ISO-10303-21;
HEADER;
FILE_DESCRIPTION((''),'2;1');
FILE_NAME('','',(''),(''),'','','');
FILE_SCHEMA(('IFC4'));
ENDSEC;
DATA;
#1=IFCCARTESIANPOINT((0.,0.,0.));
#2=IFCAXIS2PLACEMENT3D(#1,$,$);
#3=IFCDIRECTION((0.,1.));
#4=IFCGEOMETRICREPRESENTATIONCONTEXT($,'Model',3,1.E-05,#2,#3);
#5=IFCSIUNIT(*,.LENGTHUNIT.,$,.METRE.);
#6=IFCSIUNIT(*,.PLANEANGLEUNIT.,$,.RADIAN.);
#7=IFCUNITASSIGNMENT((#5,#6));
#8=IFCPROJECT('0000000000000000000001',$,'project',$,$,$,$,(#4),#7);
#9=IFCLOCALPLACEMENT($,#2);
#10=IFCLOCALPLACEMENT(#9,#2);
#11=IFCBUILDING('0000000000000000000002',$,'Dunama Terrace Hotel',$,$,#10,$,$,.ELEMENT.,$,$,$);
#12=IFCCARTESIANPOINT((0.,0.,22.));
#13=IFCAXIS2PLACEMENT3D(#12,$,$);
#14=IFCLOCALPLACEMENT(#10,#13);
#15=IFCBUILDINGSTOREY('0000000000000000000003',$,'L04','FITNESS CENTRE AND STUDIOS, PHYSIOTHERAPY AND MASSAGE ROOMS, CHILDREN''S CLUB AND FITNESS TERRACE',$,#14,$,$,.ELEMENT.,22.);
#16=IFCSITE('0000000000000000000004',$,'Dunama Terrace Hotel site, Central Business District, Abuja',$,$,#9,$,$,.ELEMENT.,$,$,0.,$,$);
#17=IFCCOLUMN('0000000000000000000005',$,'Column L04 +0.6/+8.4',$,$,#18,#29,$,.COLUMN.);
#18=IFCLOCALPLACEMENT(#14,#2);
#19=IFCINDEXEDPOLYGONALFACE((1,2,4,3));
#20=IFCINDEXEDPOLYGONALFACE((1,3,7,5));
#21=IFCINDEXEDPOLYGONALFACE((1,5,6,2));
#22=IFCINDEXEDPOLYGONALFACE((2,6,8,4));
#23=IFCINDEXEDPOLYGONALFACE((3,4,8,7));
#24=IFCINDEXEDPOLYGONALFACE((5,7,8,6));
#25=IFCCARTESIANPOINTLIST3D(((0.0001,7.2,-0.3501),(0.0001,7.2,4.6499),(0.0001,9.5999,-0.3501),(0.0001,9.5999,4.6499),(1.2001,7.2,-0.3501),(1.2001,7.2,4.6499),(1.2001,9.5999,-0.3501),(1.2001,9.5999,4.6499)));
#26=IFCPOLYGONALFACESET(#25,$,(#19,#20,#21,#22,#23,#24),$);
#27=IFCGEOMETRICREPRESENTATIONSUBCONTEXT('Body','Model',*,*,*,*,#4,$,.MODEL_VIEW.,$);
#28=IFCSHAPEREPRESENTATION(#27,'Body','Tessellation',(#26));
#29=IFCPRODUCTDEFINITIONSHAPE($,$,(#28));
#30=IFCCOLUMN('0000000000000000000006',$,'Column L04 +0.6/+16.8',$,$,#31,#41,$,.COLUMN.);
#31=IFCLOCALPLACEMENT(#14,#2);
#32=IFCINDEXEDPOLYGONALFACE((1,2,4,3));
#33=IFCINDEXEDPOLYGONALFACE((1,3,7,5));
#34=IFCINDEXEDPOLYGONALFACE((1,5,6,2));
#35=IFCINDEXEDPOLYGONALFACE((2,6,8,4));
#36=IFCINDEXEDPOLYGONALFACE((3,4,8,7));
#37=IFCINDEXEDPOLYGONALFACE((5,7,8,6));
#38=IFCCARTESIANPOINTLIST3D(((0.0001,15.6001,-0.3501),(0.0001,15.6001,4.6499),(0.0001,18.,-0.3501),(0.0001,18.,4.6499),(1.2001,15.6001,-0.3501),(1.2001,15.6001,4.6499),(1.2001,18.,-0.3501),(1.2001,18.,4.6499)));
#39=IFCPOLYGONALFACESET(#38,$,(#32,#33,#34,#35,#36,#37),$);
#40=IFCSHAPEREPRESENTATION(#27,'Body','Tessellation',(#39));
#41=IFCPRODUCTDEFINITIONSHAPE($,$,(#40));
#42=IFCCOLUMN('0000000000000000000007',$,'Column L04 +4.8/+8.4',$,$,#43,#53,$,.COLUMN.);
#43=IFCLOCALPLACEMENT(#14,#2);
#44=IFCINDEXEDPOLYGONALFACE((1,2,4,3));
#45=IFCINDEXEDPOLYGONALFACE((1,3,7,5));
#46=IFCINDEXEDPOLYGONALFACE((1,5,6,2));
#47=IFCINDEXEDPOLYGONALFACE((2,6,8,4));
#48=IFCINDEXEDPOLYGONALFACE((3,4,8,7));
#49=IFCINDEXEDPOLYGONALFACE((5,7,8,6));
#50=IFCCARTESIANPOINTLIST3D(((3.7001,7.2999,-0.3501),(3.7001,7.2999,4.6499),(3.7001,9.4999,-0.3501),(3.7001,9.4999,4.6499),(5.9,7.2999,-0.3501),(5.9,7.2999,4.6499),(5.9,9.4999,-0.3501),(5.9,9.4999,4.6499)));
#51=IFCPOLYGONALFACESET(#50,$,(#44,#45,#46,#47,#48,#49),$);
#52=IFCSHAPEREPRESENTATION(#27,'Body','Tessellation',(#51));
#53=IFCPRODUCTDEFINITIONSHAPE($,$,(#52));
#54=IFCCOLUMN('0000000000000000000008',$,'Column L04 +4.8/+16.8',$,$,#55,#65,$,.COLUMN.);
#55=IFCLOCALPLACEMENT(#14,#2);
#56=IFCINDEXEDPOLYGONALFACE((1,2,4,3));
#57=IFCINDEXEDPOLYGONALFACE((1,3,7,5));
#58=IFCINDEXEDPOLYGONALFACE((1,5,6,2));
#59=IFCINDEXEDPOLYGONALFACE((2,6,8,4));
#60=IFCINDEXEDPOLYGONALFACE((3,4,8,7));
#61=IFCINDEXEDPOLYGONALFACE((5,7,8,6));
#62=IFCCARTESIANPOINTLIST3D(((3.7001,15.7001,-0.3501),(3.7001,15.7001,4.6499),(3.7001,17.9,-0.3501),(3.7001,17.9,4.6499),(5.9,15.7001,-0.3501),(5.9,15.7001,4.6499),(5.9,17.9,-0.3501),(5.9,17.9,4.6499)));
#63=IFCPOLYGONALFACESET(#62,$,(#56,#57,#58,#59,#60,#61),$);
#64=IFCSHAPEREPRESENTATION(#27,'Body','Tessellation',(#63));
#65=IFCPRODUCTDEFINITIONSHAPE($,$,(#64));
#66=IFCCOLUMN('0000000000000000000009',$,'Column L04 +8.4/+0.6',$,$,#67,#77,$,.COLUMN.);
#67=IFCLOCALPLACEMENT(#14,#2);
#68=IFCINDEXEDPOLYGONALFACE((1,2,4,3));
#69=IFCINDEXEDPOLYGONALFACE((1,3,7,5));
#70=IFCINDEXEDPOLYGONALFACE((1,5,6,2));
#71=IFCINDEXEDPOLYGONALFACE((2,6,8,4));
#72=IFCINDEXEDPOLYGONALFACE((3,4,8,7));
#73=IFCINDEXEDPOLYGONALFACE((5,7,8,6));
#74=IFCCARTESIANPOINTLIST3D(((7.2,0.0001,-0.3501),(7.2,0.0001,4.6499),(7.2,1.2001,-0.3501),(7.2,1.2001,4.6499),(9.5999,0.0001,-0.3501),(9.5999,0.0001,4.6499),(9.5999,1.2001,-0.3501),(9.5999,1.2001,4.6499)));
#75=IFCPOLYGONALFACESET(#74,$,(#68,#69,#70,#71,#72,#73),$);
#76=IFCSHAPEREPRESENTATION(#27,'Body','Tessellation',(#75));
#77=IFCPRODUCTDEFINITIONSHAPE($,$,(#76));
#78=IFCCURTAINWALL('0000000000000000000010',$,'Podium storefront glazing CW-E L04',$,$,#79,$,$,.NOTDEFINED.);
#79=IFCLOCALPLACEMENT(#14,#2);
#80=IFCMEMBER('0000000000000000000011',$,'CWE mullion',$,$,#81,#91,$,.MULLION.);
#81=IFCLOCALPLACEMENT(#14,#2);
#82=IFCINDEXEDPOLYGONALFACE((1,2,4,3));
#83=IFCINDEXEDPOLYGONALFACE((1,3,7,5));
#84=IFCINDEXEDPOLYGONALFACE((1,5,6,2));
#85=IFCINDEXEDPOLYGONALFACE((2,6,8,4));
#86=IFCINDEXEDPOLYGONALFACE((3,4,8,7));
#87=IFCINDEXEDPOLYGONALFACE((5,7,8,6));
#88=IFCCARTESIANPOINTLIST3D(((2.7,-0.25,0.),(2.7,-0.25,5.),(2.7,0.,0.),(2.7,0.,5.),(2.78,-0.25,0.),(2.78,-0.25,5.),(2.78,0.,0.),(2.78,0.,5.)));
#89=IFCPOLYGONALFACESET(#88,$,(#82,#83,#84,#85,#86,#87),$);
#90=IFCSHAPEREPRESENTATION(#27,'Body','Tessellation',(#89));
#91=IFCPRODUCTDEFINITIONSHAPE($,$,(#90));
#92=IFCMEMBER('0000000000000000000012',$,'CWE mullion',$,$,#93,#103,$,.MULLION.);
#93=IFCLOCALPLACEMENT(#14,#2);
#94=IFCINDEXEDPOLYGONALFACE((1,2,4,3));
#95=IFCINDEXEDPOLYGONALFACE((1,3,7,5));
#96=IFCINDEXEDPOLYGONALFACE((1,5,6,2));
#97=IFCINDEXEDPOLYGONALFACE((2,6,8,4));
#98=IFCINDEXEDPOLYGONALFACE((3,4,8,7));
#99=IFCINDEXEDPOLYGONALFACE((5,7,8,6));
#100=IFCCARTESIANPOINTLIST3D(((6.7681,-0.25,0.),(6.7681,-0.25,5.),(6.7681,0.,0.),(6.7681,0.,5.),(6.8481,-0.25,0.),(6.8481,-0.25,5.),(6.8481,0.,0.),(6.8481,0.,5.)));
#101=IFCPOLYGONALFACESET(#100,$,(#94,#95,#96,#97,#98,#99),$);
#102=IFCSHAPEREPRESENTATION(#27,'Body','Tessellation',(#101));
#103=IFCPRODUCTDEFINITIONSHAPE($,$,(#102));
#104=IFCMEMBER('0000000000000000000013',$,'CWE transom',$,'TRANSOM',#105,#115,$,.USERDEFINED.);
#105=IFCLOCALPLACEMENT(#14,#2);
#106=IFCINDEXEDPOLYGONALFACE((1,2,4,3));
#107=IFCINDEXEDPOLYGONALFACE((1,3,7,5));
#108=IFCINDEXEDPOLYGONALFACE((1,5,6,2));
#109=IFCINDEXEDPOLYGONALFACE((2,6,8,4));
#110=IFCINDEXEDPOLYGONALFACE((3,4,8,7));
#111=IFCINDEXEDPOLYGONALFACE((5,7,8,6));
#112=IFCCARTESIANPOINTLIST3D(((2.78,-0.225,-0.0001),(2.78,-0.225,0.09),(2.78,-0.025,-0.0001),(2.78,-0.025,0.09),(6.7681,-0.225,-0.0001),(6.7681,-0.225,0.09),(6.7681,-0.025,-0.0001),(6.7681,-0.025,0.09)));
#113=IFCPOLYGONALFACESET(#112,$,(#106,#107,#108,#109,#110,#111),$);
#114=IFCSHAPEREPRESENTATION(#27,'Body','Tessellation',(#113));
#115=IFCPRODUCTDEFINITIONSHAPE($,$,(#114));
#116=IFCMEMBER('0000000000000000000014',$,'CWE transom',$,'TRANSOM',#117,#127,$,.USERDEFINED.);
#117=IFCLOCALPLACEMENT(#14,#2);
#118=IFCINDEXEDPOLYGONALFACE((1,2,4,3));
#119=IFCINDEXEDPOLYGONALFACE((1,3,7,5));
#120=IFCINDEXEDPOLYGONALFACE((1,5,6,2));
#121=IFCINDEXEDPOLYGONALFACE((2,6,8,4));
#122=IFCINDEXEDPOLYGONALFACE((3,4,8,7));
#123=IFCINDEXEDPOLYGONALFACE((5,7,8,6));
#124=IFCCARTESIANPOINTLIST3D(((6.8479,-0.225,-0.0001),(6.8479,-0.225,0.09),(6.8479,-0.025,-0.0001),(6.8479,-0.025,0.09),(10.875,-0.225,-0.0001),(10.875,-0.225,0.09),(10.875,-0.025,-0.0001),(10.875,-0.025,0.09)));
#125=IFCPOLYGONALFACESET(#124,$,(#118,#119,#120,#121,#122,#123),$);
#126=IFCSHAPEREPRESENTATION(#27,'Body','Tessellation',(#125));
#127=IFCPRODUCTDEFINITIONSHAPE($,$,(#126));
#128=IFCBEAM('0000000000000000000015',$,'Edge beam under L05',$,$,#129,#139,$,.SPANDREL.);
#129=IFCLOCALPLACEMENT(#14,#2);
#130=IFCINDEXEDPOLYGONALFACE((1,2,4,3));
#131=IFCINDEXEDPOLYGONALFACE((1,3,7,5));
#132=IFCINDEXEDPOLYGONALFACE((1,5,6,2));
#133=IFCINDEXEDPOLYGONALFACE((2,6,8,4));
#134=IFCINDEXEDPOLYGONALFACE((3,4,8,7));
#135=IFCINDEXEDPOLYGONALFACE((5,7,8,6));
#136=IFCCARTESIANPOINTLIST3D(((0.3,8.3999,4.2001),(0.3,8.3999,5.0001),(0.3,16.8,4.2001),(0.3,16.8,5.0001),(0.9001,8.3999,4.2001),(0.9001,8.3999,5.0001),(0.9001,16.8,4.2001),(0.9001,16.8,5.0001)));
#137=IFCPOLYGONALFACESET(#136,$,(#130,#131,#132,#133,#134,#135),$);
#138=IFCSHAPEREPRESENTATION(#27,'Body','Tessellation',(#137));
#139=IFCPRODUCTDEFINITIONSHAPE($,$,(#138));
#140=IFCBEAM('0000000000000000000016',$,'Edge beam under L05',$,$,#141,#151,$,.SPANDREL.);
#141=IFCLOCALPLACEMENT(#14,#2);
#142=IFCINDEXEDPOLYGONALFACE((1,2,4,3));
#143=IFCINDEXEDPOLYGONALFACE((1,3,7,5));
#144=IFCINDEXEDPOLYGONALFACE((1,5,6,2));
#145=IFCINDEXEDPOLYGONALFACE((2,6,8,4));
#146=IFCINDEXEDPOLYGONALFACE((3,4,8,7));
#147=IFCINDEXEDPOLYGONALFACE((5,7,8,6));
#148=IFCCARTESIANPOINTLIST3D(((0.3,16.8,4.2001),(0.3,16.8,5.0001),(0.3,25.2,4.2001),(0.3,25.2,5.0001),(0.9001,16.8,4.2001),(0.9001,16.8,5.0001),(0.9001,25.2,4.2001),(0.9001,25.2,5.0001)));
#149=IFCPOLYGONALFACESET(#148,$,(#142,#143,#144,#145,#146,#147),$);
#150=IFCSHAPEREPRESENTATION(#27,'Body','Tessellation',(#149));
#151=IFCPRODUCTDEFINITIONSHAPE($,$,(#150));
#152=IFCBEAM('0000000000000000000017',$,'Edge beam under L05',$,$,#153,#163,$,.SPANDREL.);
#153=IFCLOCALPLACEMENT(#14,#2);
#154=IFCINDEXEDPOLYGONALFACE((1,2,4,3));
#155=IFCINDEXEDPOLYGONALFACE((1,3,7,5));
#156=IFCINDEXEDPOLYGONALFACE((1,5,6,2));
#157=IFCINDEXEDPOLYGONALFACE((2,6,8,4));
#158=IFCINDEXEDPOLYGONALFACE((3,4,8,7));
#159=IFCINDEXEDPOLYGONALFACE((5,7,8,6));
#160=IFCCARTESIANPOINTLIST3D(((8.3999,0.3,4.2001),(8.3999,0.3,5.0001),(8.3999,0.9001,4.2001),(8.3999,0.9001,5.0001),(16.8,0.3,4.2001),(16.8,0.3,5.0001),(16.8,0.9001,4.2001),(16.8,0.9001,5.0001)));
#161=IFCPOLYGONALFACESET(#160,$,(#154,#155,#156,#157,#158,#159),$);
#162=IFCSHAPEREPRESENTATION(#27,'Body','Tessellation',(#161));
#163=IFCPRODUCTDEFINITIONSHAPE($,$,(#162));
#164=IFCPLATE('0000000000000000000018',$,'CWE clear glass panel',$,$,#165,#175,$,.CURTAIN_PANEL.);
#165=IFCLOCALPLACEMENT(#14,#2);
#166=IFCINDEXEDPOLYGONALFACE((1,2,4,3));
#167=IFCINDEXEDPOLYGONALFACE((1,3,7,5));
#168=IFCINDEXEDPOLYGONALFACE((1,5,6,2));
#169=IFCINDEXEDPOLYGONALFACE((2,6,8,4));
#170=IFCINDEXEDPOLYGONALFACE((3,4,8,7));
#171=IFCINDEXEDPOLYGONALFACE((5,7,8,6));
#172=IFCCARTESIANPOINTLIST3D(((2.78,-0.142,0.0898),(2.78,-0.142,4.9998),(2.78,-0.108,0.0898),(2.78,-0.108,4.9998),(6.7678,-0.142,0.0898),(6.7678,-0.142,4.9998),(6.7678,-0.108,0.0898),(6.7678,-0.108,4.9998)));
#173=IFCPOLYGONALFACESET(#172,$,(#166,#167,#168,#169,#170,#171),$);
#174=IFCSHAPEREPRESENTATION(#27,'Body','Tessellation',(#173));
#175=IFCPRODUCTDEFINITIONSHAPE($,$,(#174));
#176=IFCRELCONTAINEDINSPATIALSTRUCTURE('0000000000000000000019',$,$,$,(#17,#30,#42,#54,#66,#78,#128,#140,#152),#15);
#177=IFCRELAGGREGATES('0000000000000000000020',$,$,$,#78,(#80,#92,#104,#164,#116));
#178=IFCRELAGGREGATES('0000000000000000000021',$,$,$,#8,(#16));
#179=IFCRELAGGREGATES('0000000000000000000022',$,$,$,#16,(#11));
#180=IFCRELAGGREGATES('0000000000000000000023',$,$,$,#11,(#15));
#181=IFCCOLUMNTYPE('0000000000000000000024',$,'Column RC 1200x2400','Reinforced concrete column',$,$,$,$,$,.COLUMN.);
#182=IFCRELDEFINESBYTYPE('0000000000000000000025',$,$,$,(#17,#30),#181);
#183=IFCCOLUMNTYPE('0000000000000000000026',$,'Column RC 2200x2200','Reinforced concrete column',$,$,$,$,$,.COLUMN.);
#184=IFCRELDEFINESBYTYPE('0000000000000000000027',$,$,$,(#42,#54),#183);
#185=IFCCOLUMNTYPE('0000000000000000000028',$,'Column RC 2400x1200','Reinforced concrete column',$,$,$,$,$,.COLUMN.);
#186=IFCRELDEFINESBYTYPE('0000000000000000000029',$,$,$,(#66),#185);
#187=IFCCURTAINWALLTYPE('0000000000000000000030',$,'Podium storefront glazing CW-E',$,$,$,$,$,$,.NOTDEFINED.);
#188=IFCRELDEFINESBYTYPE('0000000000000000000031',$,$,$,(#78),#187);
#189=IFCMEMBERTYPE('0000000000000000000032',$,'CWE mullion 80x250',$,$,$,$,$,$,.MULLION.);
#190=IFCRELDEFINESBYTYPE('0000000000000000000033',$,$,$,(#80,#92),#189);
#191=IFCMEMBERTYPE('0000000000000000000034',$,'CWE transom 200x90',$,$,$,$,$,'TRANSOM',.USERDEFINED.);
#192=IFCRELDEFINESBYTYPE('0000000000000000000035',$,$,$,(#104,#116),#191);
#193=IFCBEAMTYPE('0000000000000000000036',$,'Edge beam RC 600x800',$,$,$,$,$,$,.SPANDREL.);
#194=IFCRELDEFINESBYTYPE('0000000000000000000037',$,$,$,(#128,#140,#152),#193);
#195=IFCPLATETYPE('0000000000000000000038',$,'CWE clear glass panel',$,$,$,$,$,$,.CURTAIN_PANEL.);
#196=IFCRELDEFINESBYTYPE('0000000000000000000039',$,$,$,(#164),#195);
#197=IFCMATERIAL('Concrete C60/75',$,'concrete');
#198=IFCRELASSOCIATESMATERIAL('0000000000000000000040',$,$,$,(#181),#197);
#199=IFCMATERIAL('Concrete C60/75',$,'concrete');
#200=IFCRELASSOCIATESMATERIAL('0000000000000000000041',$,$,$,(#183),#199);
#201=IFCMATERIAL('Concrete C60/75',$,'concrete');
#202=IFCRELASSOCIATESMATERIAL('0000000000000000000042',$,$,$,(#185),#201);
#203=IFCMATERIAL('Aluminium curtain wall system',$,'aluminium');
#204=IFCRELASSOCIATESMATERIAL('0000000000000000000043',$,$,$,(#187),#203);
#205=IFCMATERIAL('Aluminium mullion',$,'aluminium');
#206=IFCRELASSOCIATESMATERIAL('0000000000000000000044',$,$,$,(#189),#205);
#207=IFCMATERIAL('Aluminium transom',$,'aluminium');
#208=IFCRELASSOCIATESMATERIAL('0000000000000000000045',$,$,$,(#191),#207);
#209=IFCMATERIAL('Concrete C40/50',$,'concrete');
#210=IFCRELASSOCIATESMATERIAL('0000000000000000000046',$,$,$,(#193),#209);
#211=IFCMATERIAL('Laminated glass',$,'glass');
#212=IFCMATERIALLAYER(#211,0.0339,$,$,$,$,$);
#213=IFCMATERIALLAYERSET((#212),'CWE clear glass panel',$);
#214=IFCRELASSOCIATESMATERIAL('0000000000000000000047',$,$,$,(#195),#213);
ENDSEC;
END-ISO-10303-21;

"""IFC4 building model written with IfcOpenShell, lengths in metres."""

from ifc_helpers import new_model, si_unit, direction, frame, origin, origin_2d, place, context, subcontext, project, spatial, rectangle, extrude, material, layer, layer_set, material_profile, profile_set, type_object, element, aggregate, save


model = new_model("IFC4")

# Units and contexts
model_context = context("Model", 3, precision=1e-05, world=origin(), true_north=direction((0.0, 1.0)))
body_context = subcontext(model_context, "Body", "Model", "MODEL_VIEW")
ifc_project = project(units=[si_unit("LENGTHUNIT", "METRE"), si_unit("PLANEANGLEUNIT", "RADIAN")], contexts=[model_context])

# Site, building, storey
site_placement = place(None, origin())
site = spatial("IfcSite", under=ifc_project, at=site_placement, Name="Dunama Terrace Hotel site, Central Business District, Abuja", CompositionType="ELEMENT", RefElevation=0.0)
building_placement = place(site_placement, origin())
building = spatial("IfcBuilding", under=site, at=building_placement, Name="Dunama Terrace Hotel", CompositionType="ELEMENT")
storey_placement = place(building_placement, frame((0.0, 0.0, 22.0)))
storey = spatial("IfcBuildingStorey", under=building, at=storey_placement, Name="L04", Description="FITNESS CENTRE AND STUDIOS, PHYSIOTHERAPY AND MASSAGE ROOMS, CHILDREN'S CLUB AND FITNESS TERRACE", CompositionType="ELEMENT", Elevation=22.0)

# Columns
ifc_material_1 = material(Name="Concrete C60/75", Category="concrete")
ifc_material_profile_1 = material_profile(ifc_material_1, rectangle(XDim=1.2, YDim=2.3999, at=origin_2d()), Name="RC 1200x2400")
ifc_profile_set_1 = profile_set([ifc_material_profile_1], Name="Concrete C60/75")
column_type_1 = type_object("IfcColumnType", Name="Column RC 1200x2400", Description="Reinforced concrete column", PredefinedType="COLUMN", material=ifc_profile_set_1)
for number, where, z_axis, x_axis, name in (
    (1, (0.6001, 8.3999, -0.3501), (0.0, 0.0, 1.0), (1.0, 0.0, 0.0), "Column L04 +0.6/+8.4"),
    (2, (0.6001, 16.8, -0.3501), (0.0, 0.0, 1.0), (1.0, 0.0, 0.0), "Column L04 +0.6/+16.8"),
):
    element("IfcColumn", number, at=place(storey_placement, frame(where, z_axis=z_axis, x_axis=x_axis)), inside=storey, type_object=column_type_1, Name=name, PredefinedType="COLUMN", context=body_context, shape_type="SweptSolid", body=[
        extrude(rectangle(XDim=1.2, YDim=2.3999, at=origin_2d()), origin(), (0.0, 0.0, 1.0), 5.0),
    ])
ifc_material_2 = material(Name="Concrete C60/75", Category="concrete")
ifc_material_profile_2 = material_profile(ifc_material_2, rectangle(XDim=2.2, YDim=2.2, at=origin_2d()), Name="RC 2200x2200")
ifc_profile_set_2 = profile_set([ifc_material_profile_2], Name="Concrete C60/75")
column_type_2 = type_object("IfcColumnType", Name="Column RC 2200x2200", Description="Reinforced concrete column", PredefinedType="COLUMN", material=ifc_profile_set_2)
for number, where, z_axis, x_axis, name in (
    (3, (4.8, 8.3999, -0.3501), (0.0, 0.0, 1.0), (1.0, 0.0, 0.0), "Column L04 +4.8/+8.4"),
    (4, (4.8, 16.8, -0.3501), (0.0, 0.0, 1.0), (1.0, 0.0, 0.0), "Column L04 +4.8/+16.8"),
):
    element("IfcColumn", number, at=place(storey_placement, frame(where, z_axis=z_axis, x_axis=x_axis)), inside=storey, type_object=column_type_2, Name=name, PredefinedType="COLUMN", context=body_context, shape_type="SweptSolid", body=[
        extrude(rectangle(XDim=2.2, YDim=2.2, at=origin_2d()), origin(), (0.0, 0.0, 1.0), 5.0),
    ])
ifc_material_3 = material(Name="Concrete C60/75", Category="concrete")
ifc_material_profile_3 = material_profile(ifc_material_3, rectangle(XDim=2.3999, YDim=1.2, at=origin_2d()), Name="RC 2400x1200")
ifc_profile_set_3 = profile_set([ifc_material_profile_3], Name="Concrete C60/75")
column_type_3 = type_object("IfcColumnType", Name="Column RC 2400x1200", Description="Reinforced concrete column", PredefinedType="COLUMN", material=ifc_profile_set_3)
column_placement = place(storey_placement, frame((8.3999, 0.6001, -0.3501), z_axis=(0.0, 0.0, 1.0), x_axis=(1.0, 0.0, 0.0)))
element("IfcColumn", 5, at=column_placement, inside=storey, type_object=column_type_3, Name="Column L04 +8.4/+0.6", PredefinedType="COLUMN", context=body_context, shape_type="SweptSolid", body=[
    extrude(rectangle(XDim=2.3999, YDim=1.2, at=origin_2d()), origin(), (0.0, 0.0, 1.0), 5.0),
])

# Curtain wall, members
ifc_material_4 = material(Name="Aluminium curtain wall system", Category="aluminium")
curtain_wall_type = type_object("IfcCurtainWallType", Name="Podium storefront glazing CW-E", PredefinedType="NOTDEFINED", material=ifc_material_4)
curtain_wall_placement = place(storey_placement, origin())
curtain_wall = element("IfcCurtainWall", 6, at=curtain_wall_placement, inside=storey, type_object=curtain_wall_type, Name="Podium storefront glazing CW-E L04", PredefinedType="NOTDEFINED")
ifc_material_5 = material(Name="Aluminium mullion", Category="aluminium")
ifc_material_profile_4 = material_profile(ifc_material_5, rectangle(XDim=0.0801, YDim=0.25, at=origin_2d()), Name="CWE MULLION 80X250")
ifc_profile_set_4 = profile_set([ifc_material_profile_4], Name="Aluminium mullion")
member_type_1 = type_object("IfcMemberType", Name="CWE mullion 80x250", PredefinedType="MULLION", material=ifc_profile_set_4)
member_1_placement = place(storey_placement, frame((2.74, -0.125, 0.0), z_axis=(0.0, 0.0, 1.0), x_axis=(1.0, 0.0, 0.0)))
member_1 = element("IfcMember", 7, at=member_1_placement, type_object=member_type_1, Name="CWE mullion", PredefinedType="MULLION", context=body_context, shape_type="SweptSolid", body=[
    extrude(rectangle(XDim=0.0801, YDim=0.25, at=origin_2d()), origin(), (0.0, 0.0, 1.0), 5.0),
])
member_2_placement = place(storey_placement, frame((6.8081, -0.125, 0.0), z_axis=(0.0, 0.0, 1.0), x_axis=(1.0, 0.0, 0.0)))
member_2 = element("IfcMember", 8, at=member_2_placement, type_object=member_type_1, Name="CWE mullion", PredefinedType="MULLION", context=body_context, shape_type="SweptSolid", body=[
    extrude(rectangle(XDim=0.0801, YDim=0.25, at=origin_2d()), origin(), (0.0, 0.0, 1.0), 5.0),
])
ifc_material_6 = material(Name="Aluminium transom", Category="aluminium")
ifc_material_profile_5 = material_profile(ifc_material_6, rectangle(XDim=0.2, YDim=0.0901, at=origin_2d()), Name="CWE TRANSOM 200X90")
ifc_profile_set_5 = profile_set([ifc_material_profile_5], Name="Aluminium transom")
member_type_2 = type_object("IfcMemberType", Name="CWE transom 200x90", ElementType="TRANSOM", PredefinedType="USERDEFINED", material=ifc_profile_set_5)
member_3_placement = place(storey_placement, frame((2.78, -0.125, 0.0449), z_axis=(1.0, 0.0, 0.0), x_axis=(0.0, 1.0, 0.0)))
member_3 = element("IfcMember", 9, at=member_3_placement, type_object=member_type_2, Name="CWE transom", ObjectType="TRANSOM", PredefinedType="USERDEFINED", context=body_context, shape_type="SweptSolid", body=[
    extrude(rectangle(XDim=0.2, YDim=0.0901, at=origin_2d()), origin(), (0.0, 0.0, 1.0), 3.988),
])
member_4_placement = place(storey_placement, frame((6.8479, -0.125, 0.0449), z_axis=(1.0, 0.0, 0.0), x_axis=(0.0, 1.0, 0.0)))
member_4 = element("IfcMember", 10, at=member_4_placement, type_object=member_type_2, Name="CWE transom", ObjectType="TRANSOM", PredefinedType="USERDEFINED", context=body_context, shape_type="SweptSolid", body=[
    extrude(rectangle(XDim=0.2, YDim=0.0901, at=origin_2d()), origin(), (0.0, 0.0, 1.0), 4.0271),
])

# Beams
ifc_material_7 = material(Name="Concrete C40/50", Category="concrete")
ifc_material_profile_6 = material_profile(ifc_material_7, rectangle(XDim=0.6001, YDim=0.8, at=origin_2d()), Name="RC 600x800")
ifc_profile_set_6 = profile_set([ifc_material_profile_6], Name="Concrete C40/50")
beam_type = type_object("IfcBeamType", Name="Edge beam RC 600x800", PredefinedType="SPANDREL", material=ifc_profile_set_6)
beam_1_placement = place(storey_placement, frame((0.6001, 8.3999, 4.6001), z_axis=(0.0, 1.0, 0.0), x_axis=(-1.0, 0.0, 0.0)))
element("IfcBeam", 11, at=beam_1_placement, inside=storey, type_object=beam_type, Name="Edge beam under L05", PredefinedType="SPANDREL", context=body_context, shape_type="SweptSolid", body=[
    extrude(rectangle(XDim=0.6001, YDim=0.8, at=origin_2d()), origin(), (0.0, 0.0, 1.0), 8.4001),
])
beam_2_placement = place(storey_placement, frame((0.6001, 16.8, 4.6001), z_axis=(0.0, 1.0, 0.0), x_axis=(-1.0, 0.0, 0.0)))
element("IfcBeam", 12, at=beam_2_placement, inside=storey, type_object=beam_type, Name="Edge beam under L05", PredefinedType="SPANDREL", context=body_context, shape_type="SweptSolid", body=[
    extrude(rectangle(XDim=0.6001, YDim=0.8, at=origin_2d()), origin(), (0.0, 0.0, 1.0), 8.3999),
])
beam_3_placement = place(storey_placement, frame((8.3999, 0.6001, 4.6001), z_axis=(1.0, 0.0, 0.0), x_axis=(0.0, 1.0, 0.0)))
element("IfcBeam", 13, at=beam_3_placement, inside=storey, type_object=beam_type, Name="Edge beam under L05", PredefinedType="SPANDREL", context=body_context, shape_type="SweptSolid", body=[
    extrude(rectangle(XDim=0.6001, YDim=0.8, at=origin_2d()), origin(), (0.0, 0.0, 1.0), 8.4001),
])

# Plate
ifc_material_8 = material(Name="Laminated glass", Category="glass")
ifc_layer_1 = layer(ifc_material_8, 0.0339)
ifc_layer_set_1 = layer_set([ifc_layer_1], Name="CWE clear glass panel")
plate_type = type_object("IfcPlateType", Name="CWE clear glass panel", PredefinedType="CURTAIN_PANEL", material=ifc_layer_set_1)
plate_placement = place(storey_placement, frame((4.7739, -0.125, 0.0898), z_axis=(0.0, 0.0, 1.0), x_axis=(1.0, 0.0, 0.0)))
plate = element("IfcPlate", 14, at=plate_placement, type_object=plate_type, Name="CWE clear glass panel", PredefinedType="CURTAIN_PANEL", context=body_context, shape_type="SweptSolid", body=[
    extrude(rectangle(XDim=3.9878, YDim=0.0339, at=origin_2d()), origin(), (0.0, 0.0, 1.0), 4.9099),
])
aggregate(curtain_wall, [member_1, member_2, member_3, plate, member_4])

save(model, "model.ifc")
